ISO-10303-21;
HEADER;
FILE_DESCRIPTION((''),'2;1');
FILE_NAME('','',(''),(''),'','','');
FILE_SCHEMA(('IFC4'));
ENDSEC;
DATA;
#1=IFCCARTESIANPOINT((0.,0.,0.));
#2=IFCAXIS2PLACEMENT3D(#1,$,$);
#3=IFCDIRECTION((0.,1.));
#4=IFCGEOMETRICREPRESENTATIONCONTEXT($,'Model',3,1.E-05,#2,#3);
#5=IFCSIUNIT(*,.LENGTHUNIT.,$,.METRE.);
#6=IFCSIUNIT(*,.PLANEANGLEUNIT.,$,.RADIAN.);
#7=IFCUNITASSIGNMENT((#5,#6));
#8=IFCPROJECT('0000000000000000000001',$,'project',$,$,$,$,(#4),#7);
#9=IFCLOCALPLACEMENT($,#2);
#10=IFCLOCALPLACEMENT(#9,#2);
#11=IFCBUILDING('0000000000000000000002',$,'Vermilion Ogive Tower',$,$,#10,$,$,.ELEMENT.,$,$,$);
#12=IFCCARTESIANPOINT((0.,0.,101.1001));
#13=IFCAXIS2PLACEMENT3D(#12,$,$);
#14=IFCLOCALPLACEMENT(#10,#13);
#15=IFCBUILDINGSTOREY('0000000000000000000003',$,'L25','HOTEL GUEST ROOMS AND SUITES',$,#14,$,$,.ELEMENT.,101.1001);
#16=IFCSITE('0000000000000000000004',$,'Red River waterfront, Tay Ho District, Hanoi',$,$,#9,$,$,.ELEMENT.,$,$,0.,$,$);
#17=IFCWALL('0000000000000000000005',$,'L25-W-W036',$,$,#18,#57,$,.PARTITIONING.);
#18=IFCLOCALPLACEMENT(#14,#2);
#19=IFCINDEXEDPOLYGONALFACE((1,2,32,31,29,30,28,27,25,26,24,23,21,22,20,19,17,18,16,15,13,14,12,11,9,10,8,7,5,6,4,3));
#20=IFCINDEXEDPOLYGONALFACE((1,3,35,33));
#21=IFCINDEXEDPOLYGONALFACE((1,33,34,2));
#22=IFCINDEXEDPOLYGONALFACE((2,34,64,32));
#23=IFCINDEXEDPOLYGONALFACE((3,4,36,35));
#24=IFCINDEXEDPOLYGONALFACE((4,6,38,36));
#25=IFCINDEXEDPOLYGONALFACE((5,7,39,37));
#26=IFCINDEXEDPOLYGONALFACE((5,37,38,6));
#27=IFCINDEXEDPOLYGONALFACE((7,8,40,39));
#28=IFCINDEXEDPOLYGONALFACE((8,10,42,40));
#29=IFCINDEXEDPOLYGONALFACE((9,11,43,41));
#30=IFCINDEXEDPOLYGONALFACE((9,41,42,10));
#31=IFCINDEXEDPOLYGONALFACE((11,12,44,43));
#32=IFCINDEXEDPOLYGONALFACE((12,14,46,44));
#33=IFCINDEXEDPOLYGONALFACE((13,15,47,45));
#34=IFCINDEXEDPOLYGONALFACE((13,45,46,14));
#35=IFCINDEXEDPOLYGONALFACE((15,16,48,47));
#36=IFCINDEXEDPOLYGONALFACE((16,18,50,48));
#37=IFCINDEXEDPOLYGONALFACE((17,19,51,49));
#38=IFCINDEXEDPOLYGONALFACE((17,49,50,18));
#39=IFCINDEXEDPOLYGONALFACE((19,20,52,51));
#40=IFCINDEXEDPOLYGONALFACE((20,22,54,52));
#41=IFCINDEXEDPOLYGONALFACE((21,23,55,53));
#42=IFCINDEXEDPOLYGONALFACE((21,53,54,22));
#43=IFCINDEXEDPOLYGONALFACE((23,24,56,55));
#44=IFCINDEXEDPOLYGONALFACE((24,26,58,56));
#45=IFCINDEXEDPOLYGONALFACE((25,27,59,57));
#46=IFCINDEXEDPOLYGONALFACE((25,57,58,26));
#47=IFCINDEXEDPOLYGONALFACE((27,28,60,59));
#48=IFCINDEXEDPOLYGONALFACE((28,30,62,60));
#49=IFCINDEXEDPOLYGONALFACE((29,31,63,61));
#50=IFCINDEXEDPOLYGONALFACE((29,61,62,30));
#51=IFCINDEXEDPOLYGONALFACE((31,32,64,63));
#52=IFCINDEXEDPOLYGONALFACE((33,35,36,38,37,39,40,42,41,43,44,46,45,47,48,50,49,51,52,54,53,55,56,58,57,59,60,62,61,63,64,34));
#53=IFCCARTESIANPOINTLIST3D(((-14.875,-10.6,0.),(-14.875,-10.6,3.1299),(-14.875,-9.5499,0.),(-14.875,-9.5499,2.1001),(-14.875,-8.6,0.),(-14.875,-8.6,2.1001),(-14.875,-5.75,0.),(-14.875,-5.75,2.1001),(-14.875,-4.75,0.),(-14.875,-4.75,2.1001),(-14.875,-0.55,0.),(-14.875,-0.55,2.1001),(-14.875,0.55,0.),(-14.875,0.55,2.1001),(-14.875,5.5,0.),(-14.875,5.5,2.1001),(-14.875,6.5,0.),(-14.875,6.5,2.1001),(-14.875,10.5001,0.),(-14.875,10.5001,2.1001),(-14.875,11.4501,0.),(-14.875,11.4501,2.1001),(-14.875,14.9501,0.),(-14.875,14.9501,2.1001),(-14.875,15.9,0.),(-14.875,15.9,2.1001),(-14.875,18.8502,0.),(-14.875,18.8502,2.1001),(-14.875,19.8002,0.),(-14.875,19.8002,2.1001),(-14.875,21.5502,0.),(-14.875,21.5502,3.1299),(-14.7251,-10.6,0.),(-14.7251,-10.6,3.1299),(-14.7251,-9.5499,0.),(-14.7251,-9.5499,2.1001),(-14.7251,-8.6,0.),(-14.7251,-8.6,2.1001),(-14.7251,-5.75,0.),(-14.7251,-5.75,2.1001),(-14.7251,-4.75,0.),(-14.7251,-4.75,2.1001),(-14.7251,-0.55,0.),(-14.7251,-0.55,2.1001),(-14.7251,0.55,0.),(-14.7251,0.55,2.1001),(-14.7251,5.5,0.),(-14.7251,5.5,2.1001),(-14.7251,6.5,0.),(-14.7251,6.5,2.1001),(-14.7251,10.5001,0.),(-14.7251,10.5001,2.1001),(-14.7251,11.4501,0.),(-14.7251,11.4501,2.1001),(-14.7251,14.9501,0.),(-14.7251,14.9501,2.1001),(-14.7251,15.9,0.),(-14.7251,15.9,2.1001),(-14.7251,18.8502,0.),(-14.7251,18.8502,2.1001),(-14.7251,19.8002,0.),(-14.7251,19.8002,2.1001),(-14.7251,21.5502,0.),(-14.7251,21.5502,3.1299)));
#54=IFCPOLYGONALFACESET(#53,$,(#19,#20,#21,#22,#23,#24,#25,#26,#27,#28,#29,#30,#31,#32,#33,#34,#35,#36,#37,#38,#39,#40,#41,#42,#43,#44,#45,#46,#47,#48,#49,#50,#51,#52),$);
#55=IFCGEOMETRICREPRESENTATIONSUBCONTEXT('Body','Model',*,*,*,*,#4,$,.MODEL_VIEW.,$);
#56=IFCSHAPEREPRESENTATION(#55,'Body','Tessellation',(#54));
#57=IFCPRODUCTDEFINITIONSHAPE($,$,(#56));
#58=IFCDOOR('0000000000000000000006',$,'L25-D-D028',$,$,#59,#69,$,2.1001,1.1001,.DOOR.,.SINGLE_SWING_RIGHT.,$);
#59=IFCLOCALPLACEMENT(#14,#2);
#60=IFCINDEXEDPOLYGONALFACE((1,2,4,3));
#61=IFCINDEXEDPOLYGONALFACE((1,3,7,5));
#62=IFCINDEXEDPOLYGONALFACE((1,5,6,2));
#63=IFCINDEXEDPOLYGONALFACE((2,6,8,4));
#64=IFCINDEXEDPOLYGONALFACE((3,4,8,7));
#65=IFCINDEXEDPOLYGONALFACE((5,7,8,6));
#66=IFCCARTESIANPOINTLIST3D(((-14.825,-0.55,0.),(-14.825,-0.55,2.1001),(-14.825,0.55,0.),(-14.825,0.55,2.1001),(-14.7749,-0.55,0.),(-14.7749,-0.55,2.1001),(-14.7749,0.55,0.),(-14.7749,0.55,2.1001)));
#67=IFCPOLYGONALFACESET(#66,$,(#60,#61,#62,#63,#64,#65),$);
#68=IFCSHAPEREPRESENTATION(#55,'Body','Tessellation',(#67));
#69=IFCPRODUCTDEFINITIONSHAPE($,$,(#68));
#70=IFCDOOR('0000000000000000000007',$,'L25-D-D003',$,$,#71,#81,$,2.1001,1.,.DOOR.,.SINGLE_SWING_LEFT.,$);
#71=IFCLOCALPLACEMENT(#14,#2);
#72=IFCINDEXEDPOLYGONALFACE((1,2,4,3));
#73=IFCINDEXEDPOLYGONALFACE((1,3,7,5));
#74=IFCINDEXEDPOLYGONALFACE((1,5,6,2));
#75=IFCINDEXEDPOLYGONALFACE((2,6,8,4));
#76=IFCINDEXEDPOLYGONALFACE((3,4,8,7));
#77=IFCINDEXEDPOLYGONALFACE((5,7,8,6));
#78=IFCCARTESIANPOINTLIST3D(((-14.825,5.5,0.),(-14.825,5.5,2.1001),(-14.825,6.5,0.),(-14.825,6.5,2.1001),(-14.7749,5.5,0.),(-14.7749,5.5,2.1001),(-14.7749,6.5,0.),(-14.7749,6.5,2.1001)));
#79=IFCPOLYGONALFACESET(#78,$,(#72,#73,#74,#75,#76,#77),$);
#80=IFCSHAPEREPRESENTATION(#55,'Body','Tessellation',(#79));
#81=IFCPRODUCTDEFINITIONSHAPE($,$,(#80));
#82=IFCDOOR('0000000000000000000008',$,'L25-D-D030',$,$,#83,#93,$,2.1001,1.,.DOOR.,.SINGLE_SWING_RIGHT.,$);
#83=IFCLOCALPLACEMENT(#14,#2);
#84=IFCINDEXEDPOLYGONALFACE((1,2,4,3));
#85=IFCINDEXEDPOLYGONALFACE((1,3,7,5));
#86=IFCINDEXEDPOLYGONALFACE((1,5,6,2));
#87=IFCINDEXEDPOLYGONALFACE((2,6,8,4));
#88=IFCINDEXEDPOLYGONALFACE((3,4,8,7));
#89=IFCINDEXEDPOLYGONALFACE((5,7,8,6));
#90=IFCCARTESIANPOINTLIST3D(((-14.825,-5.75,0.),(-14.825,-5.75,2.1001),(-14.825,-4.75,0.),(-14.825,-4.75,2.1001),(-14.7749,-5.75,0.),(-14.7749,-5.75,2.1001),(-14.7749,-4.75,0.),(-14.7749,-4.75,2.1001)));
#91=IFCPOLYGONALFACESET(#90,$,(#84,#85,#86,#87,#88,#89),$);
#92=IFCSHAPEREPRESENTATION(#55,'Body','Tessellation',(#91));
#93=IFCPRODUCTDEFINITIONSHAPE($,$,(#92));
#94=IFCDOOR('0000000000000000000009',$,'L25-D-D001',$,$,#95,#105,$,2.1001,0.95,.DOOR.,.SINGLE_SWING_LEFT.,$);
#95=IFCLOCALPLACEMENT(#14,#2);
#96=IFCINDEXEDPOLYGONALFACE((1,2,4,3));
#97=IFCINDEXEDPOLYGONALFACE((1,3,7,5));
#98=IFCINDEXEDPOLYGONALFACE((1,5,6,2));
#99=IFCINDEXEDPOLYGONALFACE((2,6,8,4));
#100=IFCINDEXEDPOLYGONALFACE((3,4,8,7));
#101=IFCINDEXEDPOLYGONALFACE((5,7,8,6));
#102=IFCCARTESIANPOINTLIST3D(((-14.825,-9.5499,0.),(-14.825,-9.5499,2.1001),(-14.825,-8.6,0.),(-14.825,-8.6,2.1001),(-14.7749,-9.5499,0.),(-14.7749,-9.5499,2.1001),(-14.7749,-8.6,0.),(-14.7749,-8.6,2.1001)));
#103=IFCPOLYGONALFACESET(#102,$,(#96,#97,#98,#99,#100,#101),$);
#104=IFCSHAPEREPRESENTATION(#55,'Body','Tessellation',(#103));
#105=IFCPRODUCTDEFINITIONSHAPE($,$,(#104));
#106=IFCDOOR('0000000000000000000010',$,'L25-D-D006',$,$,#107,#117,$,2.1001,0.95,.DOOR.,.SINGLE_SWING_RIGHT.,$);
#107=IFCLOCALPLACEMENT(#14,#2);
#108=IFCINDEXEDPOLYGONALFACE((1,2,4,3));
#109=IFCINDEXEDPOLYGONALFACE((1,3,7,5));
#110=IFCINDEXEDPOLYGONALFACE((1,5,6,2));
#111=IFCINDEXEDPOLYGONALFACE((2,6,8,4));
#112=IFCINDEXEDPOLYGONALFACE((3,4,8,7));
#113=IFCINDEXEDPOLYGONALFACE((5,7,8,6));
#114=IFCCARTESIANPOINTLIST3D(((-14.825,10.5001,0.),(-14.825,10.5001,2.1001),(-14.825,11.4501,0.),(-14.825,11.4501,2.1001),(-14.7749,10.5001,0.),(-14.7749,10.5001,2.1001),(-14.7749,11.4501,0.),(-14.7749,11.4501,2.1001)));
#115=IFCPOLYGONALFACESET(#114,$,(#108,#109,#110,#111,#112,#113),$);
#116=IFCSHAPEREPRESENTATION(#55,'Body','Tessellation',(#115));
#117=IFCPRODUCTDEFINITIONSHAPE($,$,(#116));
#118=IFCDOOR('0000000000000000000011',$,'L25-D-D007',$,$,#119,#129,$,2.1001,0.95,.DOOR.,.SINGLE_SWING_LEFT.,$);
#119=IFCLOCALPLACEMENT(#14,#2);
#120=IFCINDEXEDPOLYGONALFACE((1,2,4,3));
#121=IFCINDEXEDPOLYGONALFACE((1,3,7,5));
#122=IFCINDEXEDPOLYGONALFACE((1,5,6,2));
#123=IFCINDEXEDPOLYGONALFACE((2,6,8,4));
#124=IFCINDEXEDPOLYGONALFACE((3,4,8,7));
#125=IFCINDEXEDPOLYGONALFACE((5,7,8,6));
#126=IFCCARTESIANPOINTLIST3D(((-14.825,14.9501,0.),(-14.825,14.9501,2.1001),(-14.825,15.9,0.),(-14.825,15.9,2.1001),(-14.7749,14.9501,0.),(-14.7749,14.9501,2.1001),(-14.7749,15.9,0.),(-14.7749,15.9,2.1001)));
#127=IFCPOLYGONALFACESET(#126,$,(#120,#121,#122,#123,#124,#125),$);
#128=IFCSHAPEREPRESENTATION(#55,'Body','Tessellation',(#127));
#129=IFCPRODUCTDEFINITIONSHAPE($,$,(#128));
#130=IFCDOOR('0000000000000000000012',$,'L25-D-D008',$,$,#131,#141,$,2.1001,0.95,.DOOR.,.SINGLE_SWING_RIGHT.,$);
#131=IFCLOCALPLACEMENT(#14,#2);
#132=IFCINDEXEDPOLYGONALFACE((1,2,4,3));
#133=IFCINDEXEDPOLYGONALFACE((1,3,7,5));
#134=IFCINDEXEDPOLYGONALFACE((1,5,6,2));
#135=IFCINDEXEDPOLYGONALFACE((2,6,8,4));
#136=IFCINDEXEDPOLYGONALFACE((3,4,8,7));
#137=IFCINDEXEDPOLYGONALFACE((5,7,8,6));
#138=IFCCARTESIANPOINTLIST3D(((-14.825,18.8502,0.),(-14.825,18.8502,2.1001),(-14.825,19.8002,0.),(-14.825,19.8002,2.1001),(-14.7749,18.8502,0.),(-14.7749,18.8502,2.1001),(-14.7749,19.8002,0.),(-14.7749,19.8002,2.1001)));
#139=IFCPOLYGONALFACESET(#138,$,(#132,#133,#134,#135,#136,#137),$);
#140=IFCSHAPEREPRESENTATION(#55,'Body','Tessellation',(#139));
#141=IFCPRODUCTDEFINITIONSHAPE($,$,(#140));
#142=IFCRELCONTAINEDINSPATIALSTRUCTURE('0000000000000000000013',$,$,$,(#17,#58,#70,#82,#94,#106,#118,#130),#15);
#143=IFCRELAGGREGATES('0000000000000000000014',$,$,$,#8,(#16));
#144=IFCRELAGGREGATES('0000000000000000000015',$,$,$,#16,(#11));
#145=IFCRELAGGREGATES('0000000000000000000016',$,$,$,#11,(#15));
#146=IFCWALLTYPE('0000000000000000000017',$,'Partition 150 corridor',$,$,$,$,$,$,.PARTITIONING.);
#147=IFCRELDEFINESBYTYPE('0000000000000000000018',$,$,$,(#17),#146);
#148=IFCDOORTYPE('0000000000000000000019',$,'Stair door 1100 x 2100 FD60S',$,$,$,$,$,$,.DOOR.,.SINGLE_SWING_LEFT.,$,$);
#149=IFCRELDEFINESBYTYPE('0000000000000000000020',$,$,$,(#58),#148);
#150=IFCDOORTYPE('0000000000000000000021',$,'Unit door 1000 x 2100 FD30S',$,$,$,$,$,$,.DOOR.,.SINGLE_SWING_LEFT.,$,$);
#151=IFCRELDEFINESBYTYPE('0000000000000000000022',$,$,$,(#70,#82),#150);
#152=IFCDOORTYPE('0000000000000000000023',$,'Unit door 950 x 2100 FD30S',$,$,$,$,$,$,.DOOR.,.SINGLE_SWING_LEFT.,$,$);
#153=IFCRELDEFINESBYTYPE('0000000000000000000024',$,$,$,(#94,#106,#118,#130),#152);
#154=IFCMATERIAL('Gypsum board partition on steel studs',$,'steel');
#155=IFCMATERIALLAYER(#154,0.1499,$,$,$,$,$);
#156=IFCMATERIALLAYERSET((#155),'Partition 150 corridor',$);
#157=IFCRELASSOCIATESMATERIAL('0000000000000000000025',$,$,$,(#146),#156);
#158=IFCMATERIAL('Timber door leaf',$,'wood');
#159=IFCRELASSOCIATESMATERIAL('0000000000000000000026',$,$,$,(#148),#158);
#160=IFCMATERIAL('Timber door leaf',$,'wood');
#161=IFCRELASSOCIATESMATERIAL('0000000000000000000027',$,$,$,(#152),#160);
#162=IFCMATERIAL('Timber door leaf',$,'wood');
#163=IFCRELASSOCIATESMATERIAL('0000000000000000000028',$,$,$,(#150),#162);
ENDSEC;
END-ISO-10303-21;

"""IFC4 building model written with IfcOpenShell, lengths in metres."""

from ifc_helpers import new_model, si_unit, direction, frame, frame_2d, origin, place, context, subcontext, project, spatial, rectangle, extrude, material, layer, layer_set, type_object, element, fill, save


model = new_model("IFC4")

# Units and contexts
model_context = context("Model", 3, precision=1e-05, world=origin(), true_north=direction((0.0, 1.0)))
body_context = subcontext(model_context, "Body", "Model", "MODEL_VIEW")
ifc_project = project(units=[si_unit("LENGTHUNIT", "METRE"), si_unit("PLANEANGLEUNIT", "RADIAN")], contexts=[model_context])

# Site, building, storey
site_placement = place(None, origin())
site = spatial("IfcSite", under=ifc_project, at=site_placement, Name="Red River waterfront, Tay Ho District, Hanoi", CompositionType="ELEMENT", RefElevation=0.0)
building_placement = place(site_placement, origin())
building = spatial("IfcBuilding", under=site, at=building_placement, Name="Vermilion Ogive Tower", CompositionType="ELEMENT")
storey_placement = place(building_placement, frame((0.0, 0.0, 101.1001)))
storey = spatial("IfcBuildingStorey", under=building, at=storey_placement, Name="L25", Description="HOTEL GUEST ROOMS AND SUITES", CompositionType="ELEMENT", Elevation=101.1001)

# Wall, openings, doors
ifc_material_1 = material(Name="Gypsum board partition on steel studs", Category="steel")
ifc_layer_1 = layer(ifc_material_1, 0.1499)
ifc_layer_set_1 = layer_set([ifc_layer_1], Name="Partition 150 corridor")
wall_type_1 = type_object("IfcWallType", Name="Partition 150 corridor", PredefinedType="PARTITIONING", material=ifc_layer_set_1)
ifc_material_2 = material(Name="Timber door leaf", Category="wood")
door_type_1 = type_object("IfcDoorType", Name="Stair door 1100 x 2100 FD60S", OperationType="SINGLE_SWING_LEFT", PredefinedType="DOOR", material=ifc_material_2)
ifc_material_3 = material(Name="Timber door leaf", Category="wood")
door_type_2 = type_object("IfcDoorType", Name="Unit door 950 x 2100 FD30S", OperationType="SINGLE_SWING_LEFT", PredefinedType="DOOR", material=ifc_material_3)
wall_1_placement = place(storey_placement, frame((-14.8, -10.6001, 0.0), z_axis=(0.0, 0.0, 1.0), x_axis=(0.0, 1.0, 0.0)))
wall_1 = element("IfcWall", 1, at=wall_1_placement, inside=storey, type_object=wall_type_1, Name="L25-W-W036", PredefinedType="PARTITIONING", context=body_context, shape_type="SweptSolid", body=[
    extrude(rectangle(XDim=32.1501, YDim=0.1499, at=frame_2d((16.0752, 0.0))), origin(), (0.0, 0.0, 1.0), 3.1299),
])
opening_1_placement = place(wall_1_placement, frame((1.05, 0.0, 0.0)))
opening_1 = element("IfcOpeningElement", 2, at=opening_1_placement, cuts=wall_1, PredefinedType="OPENING", context=body_context, shape_type="SweptSolid", body=[
    extrude(rectangle(XDim=0.95, YDim=2.1001, at=frame_2d((0.4751, 1.05))), frame((0.0, 0.085, 0.0), z_axis=(0.0, -1.0, 0.0), x_axis=(1.0, 0.0, 0.0)), (0.0, 0.0, 1.0), 0.1699),
])
opening_2_placement = place(wall_1_placement, frame((16.1001, 0.0, 0.0)))
opening_2 = element("IfcOpeningElement", 3, at=opening_2_placement, cuts=wall_1, PredefinedType="OPENING", context=body_context, shape_type="SweptSolid", body=[
    extrude(rectangle(XDim=1.0, YDim=2.1001, at=frame_2d((0.5, 1.05))), frame((0.0, 0.085, 0.0), z_axis=(0.0, -1.0, 0.0), x_axis=(1.0, 0.0, 0.0)), (0.0, 0.0, 1.0), 0.1699),
])
opening_3_placement = place(wall_1_placement, frame((21.1001, 0.0, 0.0)))
opening_3 = element("IfcOpeningElement", 4, at=opening_3_placement, cuts=wall_1, PredefinedType="OPENING", context=body_context, shape_type="SweptSolid", body=[
    extrude(rectangle(XDim=0.95, YDim=2.1001, at=frame_2d((0.4751, 1.05))), frame((0.0, 0.085, 0.0), z_axis=(0.0, -1.0, 0.0), x_axis=(1.0, 0.0, 0.0)), (0.0, 0.0, 1.0), 0.1699),
])
opening_4_placement = place(wall_1_placement, frame((25.55, 0.0, 0.0)))
opening_4 = element("IfcOpeningElement", 5, at=opening_4_placement, cuts=wall_1, PredefinedType="OPENING", context=body_context, shape_type="SweptSolid", body=[
    extrude(rectangle(XDim=0.95, YDim=2.1001, at=frame_2d((0.4751, 1.05))), frame((0.0, 0.085, 0.0), z_axis=(0.0, -1.0, 0.0), x_axis=(1.0, 0.0, 0.0)), (0.0, 0.0, 1.0), 0.1699),
])
opening_5_placement = place(wall_1_placement, frame((29.4502, 0.0, 0.0)))
opening_5 = element("IfcOpeningElement", 6, at=opening_5_placement, cuts=wall_1, PredefinedType="OPENING", context=body_context, shape_type="SweptSolid", body=[
    extrude(rectangle(XDim=0.95, YDim=2.1001, at=frame_2d((0.4751, 1.05))), frame((0.0, 0.085, 0.0), z_axis=(0.0, -1.0, 0.0), x_axis=(1.0, 0.0, 0.0)), (0.0, 0.0, 1.0), 0.1699),
])
opening_6_placement = place(wall_1_placement, frame((10.05, 0.0, 0.0)))
opening_6 = element("IfcOpeningElement", 7, at=opening_6_placement, cuts=wall_1, PredefinedType="OPENING", context=body_context, shape_type="SweptSolid", body=[
    extrude(rectangle(XDim=1.1001, YDim=2.1001, at=frame_2d((0.55, 1.05))), frame((0.0, 0.085, 0.0), z_axis=(0.0, -1.0, 0.0), x_axis=(1.0, 0.0, 0.0)), (0.0, 0.0, 1.0), 0.1699),
])
opening_7_placement = place(wall_1_placement, frame((4.8501, 0.0, 0.0)))
opening_7 = element("IfcOpeningElement", 8, at=opening_7_placement, cuts=wall_1, PredefinedType="OPENING", context=body_context, shape_type="SweptSolid", body=[
    extrude(rectangle(XDim=1.0, YDim=2.1001, at=frame_2d((0.5, 1.05))), frame((0.0, 0.085, 0.0), z_axis=(0.0, -1.0, 0.0), x_axis=(1.0, 0.0, 0.0)), (0.0, 0.0, 1.0), 0.1699),
])
door_1_placement = place(opening_6_placement, origin())
door_1 = element("IfcDoor", 9, at=door_1_placement, inside=storey, type_object=door_type_1, Name="L25-D-D028", OperationType="SINGLE_SWING_RIGHT", OverallHeight=2.1001, OverallWidth=1.1001, PredefinedType="DOOR", context=body_context, shape_type="SweptSolid", body=[
    extrude(rectangle(XDim=1.1001, YDim=2.1001, at=frame_2d((0.55, 1.05))), frame((0.0, 0.0249, 0.0), z_axis=(0.0, -1.0, 0.0), x_axis=(1.0, 0.0, 0.0)), (0.0, 0.0, 1.0), 0.05),
])
fill(opening_6, door_1)
ifc_material_4 = material(Name="Timber door leaf", Category="wood")
door_type_3 = type_object("IfcDoorType", Name="Unit door 1000 x 2100 FD30S", OperationType="SINGLE_SWING_LEFT", PredefinedType="DOOR", material=ifc_material_4)
door_2_placement = place(opening_2_placement, origin())
door_2 = element("IfcDoor", 10, at=door_2_placement, inside=storey, type_object=door_type_3, Name="L25-D-D003", OperationType="SINGLE_SWING_LEFT", OverallHeight=2.1001, OverallWidth=1.0, PredefinedType="DOOR", context=body_context, shape_type="SweptSolid", body=[
    extrude(rectangle(XDim=1.0, YDim=2.1001, at=frame_2d((0.5, 1.05))), frame((0.0, 0.0249, 0.0), z_axis=(0.0, -1.0, 0.0), x_axis=(1.0, 0.0, 0.0)), (0.0, 0.0, 1.0), 0.05),
])
fill(opening_2, door_2)
door_3_placement = place(opening_7_placement, origin())
door_3 = element("IfcDoor", 11, at=door_3_placement, inside=storey, type_object=door_type_3, Name="L25-D-D030", OperationType="SINGLE_SWING_RIGHT", OverallHeight=2.1001, OverallWidth=1.0, PredefinedType="DOOR", context=body_context, shape_type="SweptSolid", body=[
    extrude(rectangle(XDim=1.0, YDim=2.1001, at=frame_2d((0.5, 1.05))), frame((0.0, 0.0249, 0.0), z_axis=(0.0, -1.0, 0.0), x_axis=(1.0, 0.0, 0.0)), (0.0, 0.0, 1.0), 0.05),
])
fill(opening_7, door_3)
door_4_placement = place(opening_1_placement, origin())
door_4 = element("IfcDoor", 12, at=door_4_placement, inside=storey, type_object=door_type_2, Name="L25-D-D001", OperationType="SINGLE_SWING_LEFT", OverallHeight=2.1001, OverallWidth=0.95, PredefinedType="DOOR", context=body_context, shape_type="SweptSolid", body=[
    extrude(rectangle(XDim=0.95, YDim=2.1001, at=frame_2d((0.4751, 1.05))), frame((0.0, 0.0249, 0.0), z_axis=(0.0, -1.0, 0.0), x_axis=(1.0, 0.0, 0.0)), (0.0, 0.0, 1.0), 0.05),
])
fill(opening_1, door_4)
door_5_placement = place(opening_3_placement, origin())
door_5 = element("IfcDoor", 13, at=door_5_placement, inside=storey, type_object=door_type_2, Name="L25-D-D006", OperationType="SINGLE_SWING_RIGHT", OverallHeight=2.1001, OverallWidth=0.95, PredefinedType="DOOR", context=body_context, shape_type="SweptSolid", body=[
    extrude(rectangle(XDim=0.95, YDim=2.1001, at=frame_2d((0.4751, 1.05))), frame((0.0, 0.0249, 0.0), z_axis=(0.0, -1.0, 0.0), x_axis=(1.0, 0.0, 0.0)), (0.0, 0.0, 1.0), 0.05),
])
fill(opening_3, door_5)
door_6_placement = place(opening_4_placement, origin())
door_6 = element("IfcDoor", 14, at=door_6_placement, inside=storey, type_object=door_type_2, Name="L25-D-D007", OperationType="SINGLE_SWING_LEFT", OverallHeight=2.1001, OverallWidth=0.95, PredefinedType="DOOR", context=body_context, shape_type="SweptSolid", body=[
    extrude(rectangle(XDim=0.95, YDim=2.1001, at=frame_2d((0.4751, 1.05))), frame((0.0, 0.0249, 0.0), z_axis=(0.0, -1.0, 0.0), x_axis=(1.0, 0.0, 0.0)), (0.0, 0.0, 1.0), 0.05),
])
fill(opening_4, door_6)
door_7_placement = place(opening_5_placement, origin())
door_7 = element("IfcDoor", 15, at=door_7_placement, inside=storey, type_object=door_type_2, Name="L25-D-D008", OperationType="SINGLE_SWING_RIGHT", OverallHeight=2.1001, OverallWidth=0.95, PredefinedType="DOOR", context=body_context, shape_type="SweptSolid", body=[
    extrude(rectangle(XDim=0.95, YDim=2.1001, at=frame_2d((0.4751, 1.05))), frame((0.0, 0.0249, 0.0), z_axis=(0.0, -1.0, 0.0), x_axis=(1.0, 0.0, 0.0)), (0.0, 0.0, 1.0), 0.05),
])
fill(opening_5, door_7)

save(model, "model.ifc")
